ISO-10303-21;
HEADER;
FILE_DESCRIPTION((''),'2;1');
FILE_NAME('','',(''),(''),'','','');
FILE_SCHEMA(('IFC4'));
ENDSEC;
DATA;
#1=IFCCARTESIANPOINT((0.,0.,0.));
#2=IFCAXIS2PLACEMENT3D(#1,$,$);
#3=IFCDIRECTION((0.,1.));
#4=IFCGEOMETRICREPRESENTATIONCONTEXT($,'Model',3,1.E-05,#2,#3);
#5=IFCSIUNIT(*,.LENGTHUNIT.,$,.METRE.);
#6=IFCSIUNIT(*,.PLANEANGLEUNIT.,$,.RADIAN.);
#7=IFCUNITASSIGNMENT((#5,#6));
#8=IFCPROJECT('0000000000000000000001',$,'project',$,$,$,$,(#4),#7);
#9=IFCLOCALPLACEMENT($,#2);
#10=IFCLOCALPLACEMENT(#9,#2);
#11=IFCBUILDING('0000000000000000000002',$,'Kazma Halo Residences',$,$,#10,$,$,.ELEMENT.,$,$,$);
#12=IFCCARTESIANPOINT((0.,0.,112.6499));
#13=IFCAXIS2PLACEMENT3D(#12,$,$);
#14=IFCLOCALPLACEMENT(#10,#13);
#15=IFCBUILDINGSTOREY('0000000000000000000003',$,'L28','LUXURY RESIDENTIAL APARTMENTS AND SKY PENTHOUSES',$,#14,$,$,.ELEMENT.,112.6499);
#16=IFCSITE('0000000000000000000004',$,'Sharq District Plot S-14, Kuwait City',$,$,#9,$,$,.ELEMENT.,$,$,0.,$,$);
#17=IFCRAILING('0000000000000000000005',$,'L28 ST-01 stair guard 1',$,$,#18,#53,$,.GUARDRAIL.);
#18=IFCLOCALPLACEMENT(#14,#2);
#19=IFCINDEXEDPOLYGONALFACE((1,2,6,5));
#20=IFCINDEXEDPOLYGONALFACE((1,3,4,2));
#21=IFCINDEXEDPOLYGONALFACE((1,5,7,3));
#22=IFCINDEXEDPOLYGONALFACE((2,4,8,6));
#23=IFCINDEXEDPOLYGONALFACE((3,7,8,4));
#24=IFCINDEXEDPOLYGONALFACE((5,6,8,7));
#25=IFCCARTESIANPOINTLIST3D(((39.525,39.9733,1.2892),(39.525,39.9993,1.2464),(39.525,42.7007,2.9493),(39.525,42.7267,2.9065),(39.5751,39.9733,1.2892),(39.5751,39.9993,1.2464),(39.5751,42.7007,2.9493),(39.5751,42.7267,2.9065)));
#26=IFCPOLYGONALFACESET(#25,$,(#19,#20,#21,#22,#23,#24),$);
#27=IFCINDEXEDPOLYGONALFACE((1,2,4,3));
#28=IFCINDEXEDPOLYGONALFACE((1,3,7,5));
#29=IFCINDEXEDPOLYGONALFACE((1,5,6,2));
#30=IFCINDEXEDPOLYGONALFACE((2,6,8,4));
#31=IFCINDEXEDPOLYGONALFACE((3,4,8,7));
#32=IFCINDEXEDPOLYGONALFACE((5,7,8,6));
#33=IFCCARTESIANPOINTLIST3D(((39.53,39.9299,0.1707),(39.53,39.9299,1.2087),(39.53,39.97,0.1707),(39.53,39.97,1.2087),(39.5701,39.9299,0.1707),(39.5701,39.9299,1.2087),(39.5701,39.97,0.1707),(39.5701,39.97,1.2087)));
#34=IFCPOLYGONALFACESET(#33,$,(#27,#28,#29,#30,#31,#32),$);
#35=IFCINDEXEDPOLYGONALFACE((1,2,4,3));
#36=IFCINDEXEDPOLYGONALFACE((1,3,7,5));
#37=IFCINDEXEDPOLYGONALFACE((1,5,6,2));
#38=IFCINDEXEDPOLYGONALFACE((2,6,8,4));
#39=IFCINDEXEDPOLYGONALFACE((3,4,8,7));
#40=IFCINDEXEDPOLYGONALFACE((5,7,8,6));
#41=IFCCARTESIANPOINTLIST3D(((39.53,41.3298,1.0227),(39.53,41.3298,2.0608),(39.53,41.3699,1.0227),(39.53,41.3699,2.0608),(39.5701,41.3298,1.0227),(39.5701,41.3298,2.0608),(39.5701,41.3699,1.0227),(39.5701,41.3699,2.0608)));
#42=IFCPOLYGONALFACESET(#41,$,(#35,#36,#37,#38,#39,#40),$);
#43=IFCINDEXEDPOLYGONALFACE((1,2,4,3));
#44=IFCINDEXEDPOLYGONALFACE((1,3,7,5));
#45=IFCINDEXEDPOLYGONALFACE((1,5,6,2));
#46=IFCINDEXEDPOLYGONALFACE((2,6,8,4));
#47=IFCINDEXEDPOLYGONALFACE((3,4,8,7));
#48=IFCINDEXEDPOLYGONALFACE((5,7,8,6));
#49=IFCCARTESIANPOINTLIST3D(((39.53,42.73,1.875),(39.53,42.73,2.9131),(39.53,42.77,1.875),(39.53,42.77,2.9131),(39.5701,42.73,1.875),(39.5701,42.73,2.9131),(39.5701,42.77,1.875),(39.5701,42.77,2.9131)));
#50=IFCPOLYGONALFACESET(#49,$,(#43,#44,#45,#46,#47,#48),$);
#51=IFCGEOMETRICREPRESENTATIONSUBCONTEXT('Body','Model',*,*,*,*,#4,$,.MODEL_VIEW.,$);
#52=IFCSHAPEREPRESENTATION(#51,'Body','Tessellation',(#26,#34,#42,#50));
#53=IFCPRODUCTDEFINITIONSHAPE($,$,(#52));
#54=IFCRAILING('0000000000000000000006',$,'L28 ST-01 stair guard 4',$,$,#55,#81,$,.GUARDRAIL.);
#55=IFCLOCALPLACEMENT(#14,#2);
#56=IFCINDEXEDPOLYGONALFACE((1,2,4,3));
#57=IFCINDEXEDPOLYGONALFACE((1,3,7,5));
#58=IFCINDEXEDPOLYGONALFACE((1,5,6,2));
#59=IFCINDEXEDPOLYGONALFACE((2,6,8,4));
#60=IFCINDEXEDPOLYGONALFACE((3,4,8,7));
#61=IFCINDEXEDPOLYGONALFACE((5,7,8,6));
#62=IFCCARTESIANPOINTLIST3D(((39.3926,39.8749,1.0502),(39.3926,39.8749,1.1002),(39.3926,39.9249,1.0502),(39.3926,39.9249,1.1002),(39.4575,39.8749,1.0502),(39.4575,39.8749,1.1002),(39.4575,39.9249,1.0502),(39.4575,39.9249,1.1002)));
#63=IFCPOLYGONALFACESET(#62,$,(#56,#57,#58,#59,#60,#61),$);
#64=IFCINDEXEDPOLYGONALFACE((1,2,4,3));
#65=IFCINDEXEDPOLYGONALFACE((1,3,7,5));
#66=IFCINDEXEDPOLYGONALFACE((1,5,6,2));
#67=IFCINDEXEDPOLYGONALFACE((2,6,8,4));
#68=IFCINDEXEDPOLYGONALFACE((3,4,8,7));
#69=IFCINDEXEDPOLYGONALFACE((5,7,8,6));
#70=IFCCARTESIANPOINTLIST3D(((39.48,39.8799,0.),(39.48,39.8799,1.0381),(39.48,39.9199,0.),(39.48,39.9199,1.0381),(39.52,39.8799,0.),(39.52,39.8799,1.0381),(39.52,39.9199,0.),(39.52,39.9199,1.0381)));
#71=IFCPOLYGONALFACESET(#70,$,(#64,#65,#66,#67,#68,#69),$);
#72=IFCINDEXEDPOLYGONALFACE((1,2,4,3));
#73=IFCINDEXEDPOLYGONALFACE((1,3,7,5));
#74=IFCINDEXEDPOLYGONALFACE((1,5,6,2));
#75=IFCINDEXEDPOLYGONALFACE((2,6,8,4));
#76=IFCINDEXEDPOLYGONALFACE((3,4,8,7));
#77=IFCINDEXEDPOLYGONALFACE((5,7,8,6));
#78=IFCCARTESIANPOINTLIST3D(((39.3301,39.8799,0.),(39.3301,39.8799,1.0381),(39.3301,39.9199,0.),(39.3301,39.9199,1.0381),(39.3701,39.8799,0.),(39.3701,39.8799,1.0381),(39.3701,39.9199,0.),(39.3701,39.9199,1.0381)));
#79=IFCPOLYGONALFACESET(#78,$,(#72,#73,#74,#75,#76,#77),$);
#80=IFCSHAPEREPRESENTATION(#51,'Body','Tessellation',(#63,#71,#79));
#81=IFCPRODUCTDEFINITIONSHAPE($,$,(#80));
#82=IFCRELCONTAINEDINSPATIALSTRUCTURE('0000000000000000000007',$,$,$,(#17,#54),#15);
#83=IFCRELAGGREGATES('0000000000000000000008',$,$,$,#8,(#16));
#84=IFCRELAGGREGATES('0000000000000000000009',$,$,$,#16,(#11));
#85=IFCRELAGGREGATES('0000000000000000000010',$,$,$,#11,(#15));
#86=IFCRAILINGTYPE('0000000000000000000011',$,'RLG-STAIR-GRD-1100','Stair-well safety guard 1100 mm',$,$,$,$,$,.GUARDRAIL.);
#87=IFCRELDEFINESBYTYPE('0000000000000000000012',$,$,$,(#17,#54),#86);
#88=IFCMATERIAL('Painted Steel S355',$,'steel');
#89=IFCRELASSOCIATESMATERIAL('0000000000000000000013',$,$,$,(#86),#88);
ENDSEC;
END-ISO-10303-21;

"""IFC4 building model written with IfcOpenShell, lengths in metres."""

from ifc_helpers import new_model, si_unit, direction, frame, origin, origin_2d, place, context, subcontext, project, spatial, rectangle, extrude, material, type_object, element, save


model = new_model("IFC4")

# Units and contexts
model_context = context("Model", 3, precision=1e-05, world=origin(), true_north=direction((0.0, 1.0)))
body_context = subcontext(model_context, "Body", "Model", "MODEL_VIEW")
ifc_project = project(units=[si_unit("LENGTHUNIT", "METRE"), si_unit("PLANEANGLEUNIT", "RADIAN")], contexts=[model_context])

# Site, building, storey
site_placement = place(None, origin())
site = spatial("IfcSite", under=ifc_project, at=site_placement, Name="Sharq District Plot S-14, Kuwait City", CompositionType="ELEMENT", RefElevation=0.0)
building_placement = place(site_placement, origin())
building = spatial("IfcBuilding", under=site, at=building_placement, Name="Kazma Halo Residences", CompositionType="ELEMENT")
storey_placement = place(building_placement, frame((0.0, 0.0, 112.6499)))
storey = spatial("IfcBuildingStorey", under=building, at=storey_placement, Name="L28", Description="LUXURY RESIDENTIAL APARTMENTS AND SKY PENTHOUSES", CompositionType="ELEMENT", Elevation=112.6499)

# Railings
ifc_material_1 = material(Name="Painted Steel S355", Category="steel")
railing_type = type_object("IfcRailingType", Name="RLG-STAIR-GRD-1100", Description="Stair-well safety guard 1100 mm", PredefinedType="GUARDRAIL", material=ifc_material_1)
railing_1_placement = place(storey_placement, frame((39.55, 39.95, 0.1707)))
element("IfcRailing", 1, at=railing_1_placement, inside=storey, type_object=railing_type, Name="L28 ST-01 stair guard 1", PredefinedType="GUARDRAIL", context=body_context, shape_type="SweptSolid", body=[
    extrude(rectangle(XDim=0.05, YDim=0.05, at=origin_2d()), frame((0.0, 0.0364, 1.0972), z_axis=(0.0, 0.854203, 0.51994), x_axis=(-1.0, 0.0, 0.0)), (0.0, 0.0, 1.0), 3.1929),
    extrude(rectangle(XDim=0.04, YDim=0.04, at=origin_2d()), origin(), (0.0, 0.0, 1.0), 1.0381),
    extrude(rectangle(XDim=0.04, YDim=0.04, at=origin_2d()), frame((0.0, 1.3999, 0.8521)), (0.0, 0.0, 1.0), 1.0381),
    extrude(rectangle(XDim=0.04, YDim=0.04, at=origin_2d()), frame((0.0, 2.8, 1.7043)), (0.0, 0.0, 1.0), 1.0381),
])
railing_2_placement = place(storey_placement, frame((39.5, 39.8999, 0.0)))
element("IfcRailing", 2, at=railing_2_placement, inside=storey, type_object=railing_type, Name="L28 ST-01 stair guard 4", PredefinedType="GUARDRAIL", context=body_context, shape_type="SweptSolid", body=[
    extrude(rectangle(XDim=0.05, YDim=0.05, at=origin_2d()), frame((-0.0425, 0.0, 1.0752), z_axis=(-1.0, 0.0, 0.0), x_axis=(0.0, -1.0, 0.0)), (0.0, 0.0, 1.0), 0.0649),
    extrude(rectangle(XDim=0.04, YDim=0.04, at=origin_2d()), origin(), (0.0, 0.0, 1.0), 1.0381),
    extrude(rectangle(XDim=0.04, YDim=0.04, at=origin_2d()), frame((-0.1499, 0.0, 0.0)), (0.0, 0.0, 1.0), 1.0381),
])

save(model, "model.ifc")
